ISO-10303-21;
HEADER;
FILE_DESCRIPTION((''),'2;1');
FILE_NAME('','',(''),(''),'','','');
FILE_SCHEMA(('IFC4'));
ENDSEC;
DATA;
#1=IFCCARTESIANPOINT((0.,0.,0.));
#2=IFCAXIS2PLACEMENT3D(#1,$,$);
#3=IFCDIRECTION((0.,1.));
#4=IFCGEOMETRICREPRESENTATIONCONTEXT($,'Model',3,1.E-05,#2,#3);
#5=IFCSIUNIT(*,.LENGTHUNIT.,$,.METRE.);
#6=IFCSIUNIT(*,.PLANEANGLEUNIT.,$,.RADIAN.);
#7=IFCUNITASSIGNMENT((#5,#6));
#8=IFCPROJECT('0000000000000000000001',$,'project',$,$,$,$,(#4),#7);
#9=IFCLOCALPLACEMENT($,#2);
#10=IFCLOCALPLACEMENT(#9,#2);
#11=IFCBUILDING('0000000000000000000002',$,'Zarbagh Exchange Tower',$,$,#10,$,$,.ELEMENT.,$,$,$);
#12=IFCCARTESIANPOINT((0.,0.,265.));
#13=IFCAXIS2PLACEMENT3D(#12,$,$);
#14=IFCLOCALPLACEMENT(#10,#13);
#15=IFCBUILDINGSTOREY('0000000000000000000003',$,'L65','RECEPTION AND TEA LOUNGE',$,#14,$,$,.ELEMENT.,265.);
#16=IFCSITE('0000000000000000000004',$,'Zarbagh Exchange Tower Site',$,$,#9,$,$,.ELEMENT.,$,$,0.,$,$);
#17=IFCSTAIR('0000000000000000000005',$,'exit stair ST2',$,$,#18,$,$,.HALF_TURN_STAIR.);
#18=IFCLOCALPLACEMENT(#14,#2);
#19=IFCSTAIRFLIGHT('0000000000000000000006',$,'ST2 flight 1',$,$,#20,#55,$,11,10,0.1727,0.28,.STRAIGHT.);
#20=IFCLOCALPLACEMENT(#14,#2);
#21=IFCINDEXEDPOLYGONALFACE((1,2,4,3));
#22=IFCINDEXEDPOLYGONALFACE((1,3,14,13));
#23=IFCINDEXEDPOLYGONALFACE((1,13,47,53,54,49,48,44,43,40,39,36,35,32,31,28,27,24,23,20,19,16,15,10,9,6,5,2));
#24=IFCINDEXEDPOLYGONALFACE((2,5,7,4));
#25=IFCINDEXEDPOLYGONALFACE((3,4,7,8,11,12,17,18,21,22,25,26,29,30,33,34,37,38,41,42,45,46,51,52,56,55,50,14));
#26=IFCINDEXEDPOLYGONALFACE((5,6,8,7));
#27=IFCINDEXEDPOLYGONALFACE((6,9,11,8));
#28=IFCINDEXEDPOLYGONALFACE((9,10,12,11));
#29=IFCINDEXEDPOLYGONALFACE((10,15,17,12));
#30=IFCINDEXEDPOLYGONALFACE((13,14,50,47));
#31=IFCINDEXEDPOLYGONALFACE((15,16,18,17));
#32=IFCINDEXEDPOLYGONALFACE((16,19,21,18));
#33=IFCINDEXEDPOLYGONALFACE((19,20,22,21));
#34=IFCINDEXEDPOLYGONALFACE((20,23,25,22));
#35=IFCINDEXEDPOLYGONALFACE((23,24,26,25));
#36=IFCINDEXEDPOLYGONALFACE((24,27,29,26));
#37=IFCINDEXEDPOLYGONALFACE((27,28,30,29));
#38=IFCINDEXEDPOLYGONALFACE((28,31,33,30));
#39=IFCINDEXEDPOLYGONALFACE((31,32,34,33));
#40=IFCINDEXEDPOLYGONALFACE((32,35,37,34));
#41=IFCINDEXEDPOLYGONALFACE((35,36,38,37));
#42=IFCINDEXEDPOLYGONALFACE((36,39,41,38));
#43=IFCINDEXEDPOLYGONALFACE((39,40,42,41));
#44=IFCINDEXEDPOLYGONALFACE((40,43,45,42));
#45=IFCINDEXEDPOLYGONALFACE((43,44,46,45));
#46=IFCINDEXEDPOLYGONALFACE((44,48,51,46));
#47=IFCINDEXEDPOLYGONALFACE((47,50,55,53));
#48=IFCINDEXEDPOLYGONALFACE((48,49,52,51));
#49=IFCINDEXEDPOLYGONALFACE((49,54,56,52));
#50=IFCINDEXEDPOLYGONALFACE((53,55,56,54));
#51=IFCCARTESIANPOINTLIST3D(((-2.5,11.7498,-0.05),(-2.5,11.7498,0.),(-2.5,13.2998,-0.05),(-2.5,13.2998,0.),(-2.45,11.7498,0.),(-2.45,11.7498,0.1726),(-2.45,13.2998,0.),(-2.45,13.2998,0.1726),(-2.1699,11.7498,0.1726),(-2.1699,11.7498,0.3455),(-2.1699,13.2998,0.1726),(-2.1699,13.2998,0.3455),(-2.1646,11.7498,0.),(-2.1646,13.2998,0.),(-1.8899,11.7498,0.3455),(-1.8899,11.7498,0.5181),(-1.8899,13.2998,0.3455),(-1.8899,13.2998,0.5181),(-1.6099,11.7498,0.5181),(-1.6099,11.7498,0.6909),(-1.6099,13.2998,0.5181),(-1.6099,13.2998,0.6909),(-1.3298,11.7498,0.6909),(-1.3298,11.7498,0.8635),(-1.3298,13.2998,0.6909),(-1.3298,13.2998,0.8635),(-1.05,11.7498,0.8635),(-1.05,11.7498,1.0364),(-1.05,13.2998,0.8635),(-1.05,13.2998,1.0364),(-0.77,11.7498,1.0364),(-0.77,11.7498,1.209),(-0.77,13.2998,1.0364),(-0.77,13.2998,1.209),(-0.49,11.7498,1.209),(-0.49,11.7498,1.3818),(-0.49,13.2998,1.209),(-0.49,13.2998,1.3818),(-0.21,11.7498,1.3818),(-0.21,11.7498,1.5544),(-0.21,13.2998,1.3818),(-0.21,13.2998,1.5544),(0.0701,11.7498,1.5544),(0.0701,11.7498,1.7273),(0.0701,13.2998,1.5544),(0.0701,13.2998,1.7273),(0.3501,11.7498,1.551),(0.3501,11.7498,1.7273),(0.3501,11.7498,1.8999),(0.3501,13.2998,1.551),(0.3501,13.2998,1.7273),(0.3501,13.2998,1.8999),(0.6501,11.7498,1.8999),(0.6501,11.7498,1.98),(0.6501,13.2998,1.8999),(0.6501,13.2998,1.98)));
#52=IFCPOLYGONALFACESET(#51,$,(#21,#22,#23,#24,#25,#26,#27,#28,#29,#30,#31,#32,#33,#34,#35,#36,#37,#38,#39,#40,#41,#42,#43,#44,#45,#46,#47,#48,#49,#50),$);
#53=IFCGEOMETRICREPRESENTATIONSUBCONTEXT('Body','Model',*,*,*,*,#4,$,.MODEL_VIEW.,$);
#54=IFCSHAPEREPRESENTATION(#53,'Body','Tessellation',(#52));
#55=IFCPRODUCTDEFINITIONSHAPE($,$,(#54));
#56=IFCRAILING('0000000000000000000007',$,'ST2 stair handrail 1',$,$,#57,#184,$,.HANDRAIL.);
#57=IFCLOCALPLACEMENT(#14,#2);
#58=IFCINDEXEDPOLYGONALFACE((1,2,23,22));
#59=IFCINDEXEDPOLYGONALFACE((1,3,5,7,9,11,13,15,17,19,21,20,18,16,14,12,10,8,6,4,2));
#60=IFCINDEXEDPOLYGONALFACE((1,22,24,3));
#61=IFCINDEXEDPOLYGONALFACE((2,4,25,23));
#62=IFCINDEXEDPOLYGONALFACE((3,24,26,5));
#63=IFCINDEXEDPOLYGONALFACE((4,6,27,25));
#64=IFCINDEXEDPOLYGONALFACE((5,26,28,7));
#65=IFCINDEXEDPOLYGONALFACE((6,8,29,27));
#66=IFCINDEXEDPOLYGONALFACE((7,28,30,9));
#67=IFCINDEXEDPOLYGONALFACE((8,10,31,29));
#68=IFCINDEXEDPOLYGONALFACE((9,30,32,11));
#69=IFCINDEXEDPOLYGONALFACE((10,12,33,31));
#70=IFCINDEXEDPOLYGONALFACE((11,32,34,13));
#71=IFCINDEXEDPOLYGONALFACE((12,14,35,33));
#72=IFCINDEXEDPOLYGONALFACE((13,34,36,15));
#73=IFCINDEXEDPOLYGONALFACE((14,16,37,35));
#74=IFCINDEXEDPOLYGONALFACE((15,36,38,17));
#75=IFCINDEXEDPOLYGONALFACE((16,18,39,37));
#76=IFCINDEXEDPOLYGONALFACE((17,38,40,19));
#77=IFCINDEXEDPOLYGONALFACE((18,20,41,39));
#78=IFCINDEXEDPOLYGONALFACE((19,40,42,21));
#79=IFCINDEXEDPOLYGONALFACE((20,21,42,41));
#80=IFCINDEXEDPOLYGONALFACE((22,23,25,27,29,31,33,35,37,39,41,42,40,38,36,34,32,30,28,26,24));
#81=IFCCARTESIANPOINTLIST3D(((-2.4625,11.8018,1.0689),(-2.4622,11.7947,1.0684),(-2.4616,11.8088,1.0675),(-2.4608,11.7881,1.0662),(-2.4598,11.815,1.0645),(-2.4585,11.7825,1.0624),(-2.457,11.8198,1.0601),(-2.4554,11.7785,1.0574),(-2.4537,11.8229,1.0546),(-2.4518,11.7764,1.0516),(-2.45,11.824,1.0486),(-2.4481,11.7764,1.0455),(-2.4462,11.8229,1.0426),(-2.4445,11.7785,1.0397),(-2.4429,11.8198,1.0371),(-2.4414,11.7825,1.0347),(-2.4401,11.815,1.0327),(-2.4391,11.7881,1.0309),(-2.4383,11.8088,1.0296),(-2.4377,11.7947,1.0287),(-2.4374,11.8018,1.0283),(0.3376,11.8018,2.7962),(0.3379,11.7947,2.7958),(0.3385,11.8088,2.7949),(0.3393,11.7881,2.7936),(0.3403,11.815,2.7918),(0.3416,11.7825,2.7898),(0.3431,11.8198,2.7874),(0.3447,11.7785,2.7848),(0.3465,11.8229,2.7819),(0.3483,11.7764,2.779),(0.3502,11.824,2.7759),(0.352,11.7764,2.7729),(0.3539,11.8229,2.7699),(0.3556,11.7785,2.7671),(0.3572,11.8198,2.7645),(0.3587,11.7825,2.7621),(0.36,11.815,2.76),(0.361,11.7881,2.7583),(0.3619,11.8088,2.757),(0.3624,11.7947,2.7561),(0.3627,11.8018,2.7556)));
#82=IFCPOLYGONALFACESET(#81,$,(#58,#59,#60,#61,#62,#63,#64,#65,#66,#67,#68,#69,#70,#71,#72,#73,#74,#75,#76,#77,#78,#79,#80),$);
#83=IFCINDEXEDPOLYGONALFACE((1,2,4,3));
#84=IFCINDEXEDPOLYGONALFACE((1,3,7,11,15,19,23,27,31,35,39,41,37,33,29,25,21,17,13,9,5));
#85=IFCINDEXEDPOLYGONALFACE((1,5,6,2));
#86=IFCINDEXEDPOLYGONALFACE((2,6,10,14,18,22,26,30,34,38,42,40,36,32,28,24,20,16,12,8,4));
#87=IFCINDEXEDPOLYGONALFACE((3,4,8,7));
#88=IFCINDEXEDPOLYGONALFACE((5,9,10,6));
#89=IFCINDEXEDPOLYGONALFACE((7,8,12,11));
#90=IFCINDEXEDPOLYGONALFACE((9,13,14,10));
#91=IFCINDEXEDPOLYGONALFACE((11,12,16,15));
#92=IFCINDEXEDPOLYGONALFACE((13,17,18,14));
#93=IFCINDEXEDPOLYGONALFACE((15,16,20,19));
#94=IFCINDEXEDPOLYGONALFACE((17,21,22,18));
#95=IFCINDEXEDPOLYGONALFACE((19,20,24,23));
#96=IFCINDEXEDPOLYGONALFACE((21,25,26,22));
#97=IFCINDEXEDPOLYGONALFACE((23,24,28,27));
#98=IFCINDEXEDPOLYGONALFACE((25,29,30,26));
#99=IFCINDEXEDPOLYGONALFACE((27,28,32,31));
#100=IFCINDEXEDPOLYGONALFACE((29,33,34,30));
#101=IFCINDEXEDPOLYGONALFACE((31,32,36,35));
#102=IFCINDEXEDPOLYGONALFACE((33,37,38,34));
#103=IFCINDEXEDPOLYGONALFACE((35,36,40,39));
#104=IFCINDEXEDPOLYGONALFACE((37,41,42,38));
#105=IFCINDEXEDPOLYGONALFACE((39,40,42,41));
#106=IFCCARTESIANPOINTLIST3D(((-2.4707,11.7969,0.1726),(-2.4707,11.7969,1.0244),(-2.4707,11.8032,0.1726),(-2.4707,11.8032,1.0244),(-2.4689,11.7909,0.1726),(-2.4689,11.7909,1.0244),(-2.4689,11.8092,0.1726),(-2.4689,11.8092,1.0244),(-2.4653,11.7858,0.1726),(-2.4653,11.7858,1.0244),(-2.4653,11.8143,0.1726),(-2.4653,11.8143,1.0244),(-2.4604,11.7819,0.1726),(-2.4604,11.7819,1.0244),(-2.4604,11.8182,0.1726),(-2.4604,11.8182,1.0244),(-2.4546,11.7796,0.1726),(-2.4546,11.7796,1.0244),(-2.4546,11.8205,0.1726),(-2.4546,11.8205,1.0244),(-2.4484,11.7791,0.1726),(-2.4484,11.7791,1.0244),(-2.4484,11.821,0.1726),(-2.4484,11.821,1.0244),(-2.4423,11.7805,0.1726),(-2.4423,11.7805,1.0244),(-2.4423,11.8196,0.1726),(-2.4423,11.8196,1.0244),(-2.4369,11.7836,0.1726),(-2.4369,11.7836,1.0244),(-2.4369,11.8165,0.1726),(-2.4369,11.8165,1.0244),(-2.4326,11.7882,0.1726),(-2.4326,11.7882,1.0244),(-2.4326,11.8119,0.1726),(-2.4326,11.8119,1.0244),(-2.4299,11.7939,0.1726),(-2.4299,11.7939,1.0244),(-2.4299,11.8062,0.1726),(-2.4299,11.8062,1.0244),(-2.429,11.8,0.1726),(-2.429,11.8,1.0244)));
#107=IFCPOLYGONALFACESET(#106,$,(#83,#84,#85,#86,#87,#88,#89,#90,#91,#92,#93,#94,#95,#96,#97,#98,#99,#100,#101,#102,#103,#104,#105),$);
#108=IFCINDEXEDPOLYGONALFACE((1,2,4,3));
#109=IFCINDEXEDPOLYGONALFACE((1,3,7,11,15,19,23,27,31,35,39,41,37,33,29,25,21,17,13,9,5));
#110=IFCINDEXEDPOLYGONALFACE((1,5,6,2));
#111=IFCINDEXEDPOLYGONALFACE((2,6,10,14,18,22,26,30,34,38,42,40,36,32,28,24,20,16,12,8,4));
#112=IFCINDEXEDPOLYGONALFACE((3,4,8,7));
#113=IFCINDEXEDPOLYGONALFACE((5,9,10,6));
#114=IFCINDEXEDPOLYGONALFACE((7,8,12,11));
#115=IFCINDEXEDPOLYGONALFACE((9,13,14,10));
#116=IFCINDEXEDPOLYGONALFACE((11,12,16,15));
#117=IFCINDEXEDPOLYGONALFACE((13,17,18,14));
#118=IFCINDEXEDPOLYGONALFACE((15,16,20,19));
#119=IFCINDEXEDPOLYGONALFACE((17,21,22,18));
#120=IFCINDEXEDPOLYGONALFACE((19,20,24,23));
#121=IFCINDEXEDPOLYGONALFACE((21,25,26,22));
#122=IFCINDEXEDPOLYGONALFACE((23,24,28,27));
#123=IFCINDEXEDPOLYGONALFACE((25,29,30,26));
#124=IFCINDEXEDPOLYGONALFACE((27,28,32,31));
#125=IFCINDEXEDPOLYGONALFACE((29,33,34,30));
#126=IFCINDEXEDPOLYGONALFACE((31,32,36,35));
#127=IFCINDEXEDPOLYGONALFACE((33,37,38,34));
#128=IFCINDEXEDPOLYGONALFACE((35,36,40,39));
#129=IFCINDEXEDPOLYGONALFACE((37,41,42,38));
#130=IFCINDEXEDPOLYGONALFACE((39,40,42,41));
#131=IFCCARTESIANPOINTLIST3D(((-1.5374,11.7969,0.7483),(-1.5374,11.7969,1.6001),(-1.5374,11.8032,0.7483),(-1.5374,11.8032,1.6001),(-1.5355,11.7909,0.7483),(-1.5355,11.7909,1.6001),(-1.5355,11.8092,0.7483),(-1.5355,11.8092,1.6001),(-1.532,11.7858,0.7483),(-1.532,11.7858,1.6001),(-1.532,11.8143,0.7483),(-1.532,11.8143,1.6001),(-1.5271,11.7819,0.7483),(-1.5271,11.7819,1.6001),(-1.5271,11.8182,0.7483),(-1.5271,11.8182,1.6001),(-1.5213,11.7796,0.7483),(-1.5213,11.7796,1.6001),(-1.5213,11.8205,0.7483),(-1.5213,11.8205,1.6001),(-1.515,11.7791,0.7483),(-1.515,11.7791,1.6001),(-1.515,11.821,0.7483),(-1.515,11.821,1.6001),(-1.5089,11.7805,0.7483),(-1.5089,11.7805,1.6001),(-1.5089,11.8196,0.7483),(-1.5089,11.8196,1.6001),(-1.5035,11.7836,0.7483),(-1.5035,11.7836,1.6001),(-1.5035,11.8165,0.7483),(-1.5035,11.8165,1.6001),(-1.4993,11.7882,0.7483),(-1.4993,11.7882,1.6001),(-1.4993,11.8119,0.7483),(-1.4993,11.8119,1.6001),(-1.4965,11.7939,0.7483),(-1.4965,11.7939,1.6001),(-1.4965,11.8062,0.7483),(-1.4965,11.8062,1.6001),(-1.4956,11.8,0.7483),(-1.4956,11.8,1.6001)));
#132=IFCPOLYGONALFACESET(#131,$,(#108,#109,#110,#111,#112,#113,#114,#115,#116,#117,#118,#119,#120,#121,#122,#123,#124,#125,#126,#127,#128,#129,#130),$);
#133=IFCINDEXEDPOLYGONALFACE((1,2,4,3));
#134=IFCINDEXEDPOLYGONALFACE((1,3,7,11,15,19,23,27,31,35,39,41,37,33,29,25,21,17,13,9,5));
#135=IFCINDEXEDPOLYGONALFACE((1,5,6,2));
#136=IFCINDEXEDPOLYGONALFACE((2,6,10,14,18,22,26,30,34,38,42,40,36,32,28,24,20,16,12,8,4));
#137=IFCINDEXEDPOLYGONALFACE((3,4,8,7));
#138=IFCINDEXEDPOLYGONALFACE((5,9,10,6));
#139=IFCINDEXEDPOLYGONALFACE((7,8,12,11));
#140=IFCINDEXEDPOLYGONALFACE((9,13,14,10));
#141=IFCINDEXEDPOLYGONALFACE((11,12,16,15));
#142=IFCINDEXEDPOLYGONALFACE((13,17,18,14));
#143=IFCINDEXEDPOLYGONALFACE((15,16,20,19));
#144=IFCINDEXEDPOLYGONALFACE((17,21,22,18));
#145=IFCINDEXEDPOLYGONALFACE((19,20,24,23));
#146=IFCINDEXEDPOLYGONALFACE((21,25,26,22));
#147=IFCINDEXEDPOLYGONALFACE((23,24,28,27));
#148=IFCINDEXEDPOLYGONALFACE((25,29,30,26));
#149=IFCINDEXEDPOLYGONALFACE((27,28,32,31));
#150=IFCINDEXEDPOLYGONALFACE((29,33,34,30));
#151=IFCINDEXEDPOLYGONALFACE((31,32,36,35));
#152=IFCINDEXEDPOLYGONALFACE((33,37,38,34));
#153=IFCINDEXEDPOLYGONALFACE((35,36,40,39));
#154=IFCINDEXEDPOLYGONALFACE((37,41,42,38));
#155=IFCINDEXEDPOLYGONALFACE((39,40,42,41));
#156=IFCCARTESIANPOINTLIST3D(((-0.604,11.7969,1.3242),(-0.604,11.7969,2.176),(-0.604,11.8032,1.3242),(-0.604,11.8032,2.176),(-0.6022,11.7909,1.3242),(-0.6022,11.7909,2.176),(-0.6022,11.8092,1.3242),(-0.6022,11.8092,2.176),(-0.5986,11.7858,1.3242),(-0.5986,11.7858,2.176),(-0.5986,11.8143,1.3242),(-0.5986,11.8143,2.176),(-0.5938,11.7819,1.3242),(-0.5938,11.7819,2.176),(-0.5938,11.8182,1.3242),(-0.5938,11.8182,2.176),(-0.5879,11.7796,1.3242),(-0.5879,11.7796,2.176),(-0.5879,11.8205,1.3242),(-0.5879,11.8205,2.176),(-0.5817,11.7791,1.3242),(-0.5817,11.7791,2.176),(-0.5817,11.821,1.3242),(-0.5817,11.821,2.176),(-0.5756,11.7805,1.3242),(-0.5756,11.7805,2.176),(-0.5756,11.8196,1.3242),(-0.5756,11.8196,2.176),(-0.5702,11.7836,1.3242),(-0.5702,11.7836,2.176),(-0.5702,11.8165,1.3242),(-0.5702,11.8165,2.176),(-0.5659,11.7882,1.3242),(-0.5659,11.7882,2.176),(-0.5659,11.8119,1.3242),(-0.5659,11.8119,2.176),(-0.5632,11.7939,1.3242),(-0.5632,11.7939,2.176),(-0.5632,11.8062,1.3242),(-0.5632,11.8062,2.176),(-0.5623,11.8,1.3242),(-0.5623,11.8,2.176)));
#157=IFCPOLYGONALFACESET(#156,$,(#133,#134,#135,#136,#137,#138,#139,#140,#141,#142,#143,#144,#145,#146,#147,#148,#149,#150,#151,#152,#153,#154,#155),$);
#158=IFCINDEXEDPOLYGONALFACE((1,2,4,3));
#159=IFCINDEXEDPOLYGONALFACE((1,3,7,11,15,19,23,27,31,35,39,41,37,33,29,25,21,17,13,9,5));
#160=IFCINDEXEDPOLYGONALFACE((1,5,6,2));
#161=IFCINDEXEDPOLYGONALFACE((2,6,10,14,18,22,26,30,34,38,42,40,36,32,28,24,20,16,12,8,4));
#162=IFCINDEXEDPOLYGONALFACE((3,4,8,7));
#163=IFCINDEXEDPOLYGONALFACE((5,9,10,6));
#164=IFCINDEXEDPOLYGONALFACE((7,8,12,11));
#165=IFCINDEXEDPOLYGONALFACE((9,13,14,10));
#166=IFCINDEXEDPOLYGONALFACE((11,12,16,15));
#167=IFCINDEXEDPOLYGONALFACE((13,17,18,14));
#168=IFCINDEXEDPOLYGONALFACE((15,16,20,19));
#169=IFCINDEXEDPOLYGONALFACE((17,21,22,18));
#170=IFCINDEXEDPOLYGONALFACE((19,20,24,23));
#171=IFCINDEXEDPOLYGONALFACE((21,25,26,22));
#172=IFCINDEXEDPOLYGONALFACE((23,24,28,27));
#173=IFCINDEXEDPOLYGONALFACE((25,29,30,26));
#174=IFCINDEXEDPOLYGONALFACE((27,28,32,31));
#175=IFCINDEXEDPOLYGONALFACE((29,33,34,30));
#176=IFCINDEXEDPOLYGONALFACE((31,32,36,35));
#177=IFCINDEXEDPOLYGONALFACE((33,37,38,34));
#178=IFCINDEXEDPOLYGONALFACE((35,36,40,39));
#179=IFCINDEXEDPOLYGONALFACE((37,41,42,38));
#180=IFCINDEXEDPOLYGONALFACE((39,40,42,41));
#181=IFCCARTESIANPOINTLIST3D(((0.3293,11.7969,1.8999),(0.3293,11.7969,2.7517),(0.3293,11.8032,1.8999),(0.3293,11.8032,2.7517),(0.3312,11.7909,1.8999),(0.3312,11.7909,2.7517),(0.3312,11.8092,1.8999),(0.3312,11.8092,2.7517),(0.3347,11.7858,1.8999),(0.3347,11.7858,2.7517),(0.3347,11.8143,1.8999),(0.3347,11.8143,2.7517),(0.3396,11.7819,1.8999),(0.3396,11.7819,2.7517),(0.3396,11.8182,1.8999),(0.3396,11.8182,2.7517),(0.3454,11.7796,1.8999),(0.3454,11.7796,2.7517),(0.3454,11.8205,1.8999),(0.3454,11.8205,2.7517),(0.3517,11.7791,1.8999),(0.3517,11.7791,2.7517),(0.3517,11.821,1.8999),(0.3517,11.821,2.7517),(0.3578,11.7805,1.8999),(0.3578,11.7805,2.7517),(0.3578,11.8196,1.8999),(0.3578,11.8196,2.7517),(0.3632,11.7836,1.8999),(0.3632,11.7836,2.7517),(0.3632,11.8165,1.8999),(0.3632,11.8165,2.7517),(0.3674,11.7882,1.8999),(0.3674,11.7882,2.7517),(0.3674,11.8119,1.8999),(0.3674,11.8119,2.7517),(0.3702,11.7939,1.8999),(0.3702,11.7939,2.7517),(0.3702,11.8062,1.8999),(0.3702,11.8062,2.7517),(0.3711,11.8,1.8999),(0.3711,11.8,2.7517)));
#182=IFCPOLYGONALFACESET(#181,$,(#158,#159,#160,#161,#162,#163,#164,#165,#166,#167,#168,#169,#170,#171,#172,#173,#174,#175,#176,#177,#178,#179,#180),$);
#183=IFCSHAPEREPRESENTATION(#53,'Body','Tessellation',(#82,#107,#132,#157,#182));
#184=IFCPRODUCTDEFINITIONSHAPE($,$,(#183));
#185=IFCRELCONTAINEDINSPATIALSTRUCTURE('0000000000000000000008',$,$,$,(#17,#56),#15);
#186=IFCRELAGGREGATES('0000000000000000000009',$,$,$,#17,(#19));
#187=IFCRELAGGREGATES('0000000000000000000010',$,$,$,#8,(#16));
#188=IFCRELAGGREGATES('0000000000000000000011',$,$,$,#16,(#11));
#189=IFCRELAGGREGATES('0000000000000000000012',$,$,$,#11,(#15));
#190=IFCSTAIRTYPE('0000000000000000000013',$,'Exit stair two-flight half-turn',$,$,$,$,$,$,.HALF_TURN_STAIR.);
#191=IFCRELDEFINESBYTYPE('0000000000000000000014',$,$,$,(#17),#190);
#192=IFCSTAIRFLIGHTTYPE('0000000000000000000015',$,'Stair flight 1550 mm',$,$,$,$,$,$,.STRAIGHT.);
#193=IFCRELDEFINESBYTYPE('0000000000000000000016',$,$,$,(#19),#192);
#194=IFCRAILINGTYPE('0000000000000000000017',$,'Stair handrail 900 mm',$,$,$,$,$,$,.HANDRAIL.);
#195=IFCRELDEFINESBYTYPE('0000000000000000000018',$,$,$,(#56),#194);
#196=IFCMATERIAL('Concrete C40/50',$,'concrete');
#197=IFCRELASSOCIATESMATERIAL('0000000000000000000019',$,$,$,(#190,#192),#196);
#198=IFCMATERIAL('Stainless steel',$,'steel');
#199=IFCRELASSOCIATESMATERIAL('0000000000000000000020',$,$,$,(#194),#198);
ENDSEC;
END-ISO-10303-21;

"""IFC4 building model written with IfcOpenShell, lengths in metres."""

from ifc_helpers import new_model, si_unit, direction, frame, origin, origin_2d, place, context, subcontext, project, spatial, polyline, circle, outline, extrude, material, type_object, element, aggregate, save


model = new_model("IFC4")

# Units and contexts
model_context = context("Model", 3, precision=1e-05, world=origin(), true_north=direction((0.0, 1.0)))
body_context = subcontext(model_context, "Body", "Model", "MODEL_VIEW")
ifc_project = project(units=[si_unit("LENGTHUNIT", "METRE"), si_unit("PLANEANGLEUNIT", "RADIAN")], contexts=[model_context])

# Site, building, storey
site_placement = place(None, origin())
site = spatial("IfcSite", under=ifc_project, at=site_placement, Name="Zarbagh Exchange Tower Site", CompositionType="ELEMENT", RefElevation=0.0)
building_placement = place(site_placement, origin())
building = spatial("IfcBuilding", under=site, at=building_placement, Name="Zarbagh Exchange Tower", CompositionType="ELEMENT")
storey_placement = place(building_placement, frame((0.0, 0.0, 265.0)))
storey = spatial("IfcBuildingStorey", under=building, at=storey_placement, Name="L65", Description="RECEPTION AND TEA LOUNGE", CompositionType="ELEMENT", Elevation=265.0)

# Shared definitions
ifc_material_1 = material(Name="Concrete C40/50", Category="concrete")

# Stair, stair flight
stair_type = type_object("IfcStairType", Name="Exit stair two-flight half-turn", PredefinedType="HALF_TURN_STAIR", material=ifc_material_1)
stair_placement = place(storey_placement, origin())
stair = element("IfcStair", 1, at=stair_placement, inside=storey, type_object=stair_type, Name="exit stair ST2", PredefinedType="HALF_TURN_STAIR")
stair_flight_type = type_object("IfcStairFlightType", Name="Stair flight 1550 mm", PredefinedType="STRAIGHT", material=ifc_material_1)
stair_flight_placement = place(storey_placement, frame((-2.45, 12.5249, 0.0), z_axis=(0.0, 0.0, 1.0), x_axis=(1.0, 0.0, 0.0)))
stair_flight = element("IfcStairFlight", 2, at=stair_flight_placement, type_object=stair_flight_type, Name="ST2 flight 1", NumberOfRisers=11, NumberOfTreads=10, PredefinedType="STRAIGHT", RiserHeight=0.1727, TreadLength=0.28, context=body_context, shape_type="SweptSolid", body=[
    extrude(outline(polyline([(-0.05, -0.05), (-0.05, 0.0), (0.0, 0.0), (0.0, 0.1726), (0.28, 0.1726), (0.28, 0.3455), (0.5601, 0.3455), (0.5601, 0.5181), (0.8401, 0.5181), (0.8401, 0.6909), (1.1201, 0.6909), (1.1201, 0.8635), (1.3999, 0.8635), (1.3999, 1.0364), (1.6799, 1.0364), (1.6799, 1.209), (1.96, 1.209), (1.96, 1.3818), (2.24, 1.3818), (2.24, 1.5544), (2.52, 1.5544), (2.52, 1.7273), (2.8, 1.7273), (2.8, 1.8999), (3.1001, 1.98), (3.1001, 1.8999), (2.8, 1.551), (0.2854, 0.0), (-0.05, -0.05)])), frame((0.0, 0.7749, 0.0), z_axis=(0.0, -1.0, 0.0), x_axis=(1.0, 0.0, 0.0)), (0.0, 0.0, 1.0), 1.55),
])
aggregate(stair, [stair_flight])

# Railing
ifc_material_2 = material(Name="Stainless steel", Category="steel")
railing_type = type_object("IfcRailingType", Name="Stair handrail 900 mm", PredefinedType="HANDRAIL", material=ifc_material_2)
railing_placement = place(storey_placement, frame((-2.45, 11.8, 0.1726)))
element("IfcRailing", 3, at=railing_placement, inside=storey, type_object=railing_type, Name="ST2 stair handrail 1", PredefinedType="HANDRAIL", context=body_context, shape_type="SweptSolid", body=[
    extrude(circle(Radius=0.0239, at=origin_2d()), frame((0.0, 0.0, 0.876), z_axis=(0.85109, 0.0, 0.52502), x_axis=(0.0, 1.0, 0.0)), (0.0, 0.0, 1.0), 3.29),
    extrude(circle(Radius=0.021, at=origin_2d()), origin(), (0.0, 0.0, 1.0), 0.8518),
    extrude(circle(Radius=0.021, at=origin_2d()), frame((0.9333, 0.0, 0.5757)), (0.0, 0.0, 1.0), 0.8518),
    extrude(circle(Radius=0.021, at=origin_2d()), frame((1.8667, 0.0, 1.1516)), (0.0, 0.0, 1.0), 0.8518),
    extrude(circle(Radius=0.021, at=origin_2d()), frame((2.8, 0.0, 1.7273)), (0.0, 0.0, 1.0), 0.8518),
])

save(model, "model.ifc")
